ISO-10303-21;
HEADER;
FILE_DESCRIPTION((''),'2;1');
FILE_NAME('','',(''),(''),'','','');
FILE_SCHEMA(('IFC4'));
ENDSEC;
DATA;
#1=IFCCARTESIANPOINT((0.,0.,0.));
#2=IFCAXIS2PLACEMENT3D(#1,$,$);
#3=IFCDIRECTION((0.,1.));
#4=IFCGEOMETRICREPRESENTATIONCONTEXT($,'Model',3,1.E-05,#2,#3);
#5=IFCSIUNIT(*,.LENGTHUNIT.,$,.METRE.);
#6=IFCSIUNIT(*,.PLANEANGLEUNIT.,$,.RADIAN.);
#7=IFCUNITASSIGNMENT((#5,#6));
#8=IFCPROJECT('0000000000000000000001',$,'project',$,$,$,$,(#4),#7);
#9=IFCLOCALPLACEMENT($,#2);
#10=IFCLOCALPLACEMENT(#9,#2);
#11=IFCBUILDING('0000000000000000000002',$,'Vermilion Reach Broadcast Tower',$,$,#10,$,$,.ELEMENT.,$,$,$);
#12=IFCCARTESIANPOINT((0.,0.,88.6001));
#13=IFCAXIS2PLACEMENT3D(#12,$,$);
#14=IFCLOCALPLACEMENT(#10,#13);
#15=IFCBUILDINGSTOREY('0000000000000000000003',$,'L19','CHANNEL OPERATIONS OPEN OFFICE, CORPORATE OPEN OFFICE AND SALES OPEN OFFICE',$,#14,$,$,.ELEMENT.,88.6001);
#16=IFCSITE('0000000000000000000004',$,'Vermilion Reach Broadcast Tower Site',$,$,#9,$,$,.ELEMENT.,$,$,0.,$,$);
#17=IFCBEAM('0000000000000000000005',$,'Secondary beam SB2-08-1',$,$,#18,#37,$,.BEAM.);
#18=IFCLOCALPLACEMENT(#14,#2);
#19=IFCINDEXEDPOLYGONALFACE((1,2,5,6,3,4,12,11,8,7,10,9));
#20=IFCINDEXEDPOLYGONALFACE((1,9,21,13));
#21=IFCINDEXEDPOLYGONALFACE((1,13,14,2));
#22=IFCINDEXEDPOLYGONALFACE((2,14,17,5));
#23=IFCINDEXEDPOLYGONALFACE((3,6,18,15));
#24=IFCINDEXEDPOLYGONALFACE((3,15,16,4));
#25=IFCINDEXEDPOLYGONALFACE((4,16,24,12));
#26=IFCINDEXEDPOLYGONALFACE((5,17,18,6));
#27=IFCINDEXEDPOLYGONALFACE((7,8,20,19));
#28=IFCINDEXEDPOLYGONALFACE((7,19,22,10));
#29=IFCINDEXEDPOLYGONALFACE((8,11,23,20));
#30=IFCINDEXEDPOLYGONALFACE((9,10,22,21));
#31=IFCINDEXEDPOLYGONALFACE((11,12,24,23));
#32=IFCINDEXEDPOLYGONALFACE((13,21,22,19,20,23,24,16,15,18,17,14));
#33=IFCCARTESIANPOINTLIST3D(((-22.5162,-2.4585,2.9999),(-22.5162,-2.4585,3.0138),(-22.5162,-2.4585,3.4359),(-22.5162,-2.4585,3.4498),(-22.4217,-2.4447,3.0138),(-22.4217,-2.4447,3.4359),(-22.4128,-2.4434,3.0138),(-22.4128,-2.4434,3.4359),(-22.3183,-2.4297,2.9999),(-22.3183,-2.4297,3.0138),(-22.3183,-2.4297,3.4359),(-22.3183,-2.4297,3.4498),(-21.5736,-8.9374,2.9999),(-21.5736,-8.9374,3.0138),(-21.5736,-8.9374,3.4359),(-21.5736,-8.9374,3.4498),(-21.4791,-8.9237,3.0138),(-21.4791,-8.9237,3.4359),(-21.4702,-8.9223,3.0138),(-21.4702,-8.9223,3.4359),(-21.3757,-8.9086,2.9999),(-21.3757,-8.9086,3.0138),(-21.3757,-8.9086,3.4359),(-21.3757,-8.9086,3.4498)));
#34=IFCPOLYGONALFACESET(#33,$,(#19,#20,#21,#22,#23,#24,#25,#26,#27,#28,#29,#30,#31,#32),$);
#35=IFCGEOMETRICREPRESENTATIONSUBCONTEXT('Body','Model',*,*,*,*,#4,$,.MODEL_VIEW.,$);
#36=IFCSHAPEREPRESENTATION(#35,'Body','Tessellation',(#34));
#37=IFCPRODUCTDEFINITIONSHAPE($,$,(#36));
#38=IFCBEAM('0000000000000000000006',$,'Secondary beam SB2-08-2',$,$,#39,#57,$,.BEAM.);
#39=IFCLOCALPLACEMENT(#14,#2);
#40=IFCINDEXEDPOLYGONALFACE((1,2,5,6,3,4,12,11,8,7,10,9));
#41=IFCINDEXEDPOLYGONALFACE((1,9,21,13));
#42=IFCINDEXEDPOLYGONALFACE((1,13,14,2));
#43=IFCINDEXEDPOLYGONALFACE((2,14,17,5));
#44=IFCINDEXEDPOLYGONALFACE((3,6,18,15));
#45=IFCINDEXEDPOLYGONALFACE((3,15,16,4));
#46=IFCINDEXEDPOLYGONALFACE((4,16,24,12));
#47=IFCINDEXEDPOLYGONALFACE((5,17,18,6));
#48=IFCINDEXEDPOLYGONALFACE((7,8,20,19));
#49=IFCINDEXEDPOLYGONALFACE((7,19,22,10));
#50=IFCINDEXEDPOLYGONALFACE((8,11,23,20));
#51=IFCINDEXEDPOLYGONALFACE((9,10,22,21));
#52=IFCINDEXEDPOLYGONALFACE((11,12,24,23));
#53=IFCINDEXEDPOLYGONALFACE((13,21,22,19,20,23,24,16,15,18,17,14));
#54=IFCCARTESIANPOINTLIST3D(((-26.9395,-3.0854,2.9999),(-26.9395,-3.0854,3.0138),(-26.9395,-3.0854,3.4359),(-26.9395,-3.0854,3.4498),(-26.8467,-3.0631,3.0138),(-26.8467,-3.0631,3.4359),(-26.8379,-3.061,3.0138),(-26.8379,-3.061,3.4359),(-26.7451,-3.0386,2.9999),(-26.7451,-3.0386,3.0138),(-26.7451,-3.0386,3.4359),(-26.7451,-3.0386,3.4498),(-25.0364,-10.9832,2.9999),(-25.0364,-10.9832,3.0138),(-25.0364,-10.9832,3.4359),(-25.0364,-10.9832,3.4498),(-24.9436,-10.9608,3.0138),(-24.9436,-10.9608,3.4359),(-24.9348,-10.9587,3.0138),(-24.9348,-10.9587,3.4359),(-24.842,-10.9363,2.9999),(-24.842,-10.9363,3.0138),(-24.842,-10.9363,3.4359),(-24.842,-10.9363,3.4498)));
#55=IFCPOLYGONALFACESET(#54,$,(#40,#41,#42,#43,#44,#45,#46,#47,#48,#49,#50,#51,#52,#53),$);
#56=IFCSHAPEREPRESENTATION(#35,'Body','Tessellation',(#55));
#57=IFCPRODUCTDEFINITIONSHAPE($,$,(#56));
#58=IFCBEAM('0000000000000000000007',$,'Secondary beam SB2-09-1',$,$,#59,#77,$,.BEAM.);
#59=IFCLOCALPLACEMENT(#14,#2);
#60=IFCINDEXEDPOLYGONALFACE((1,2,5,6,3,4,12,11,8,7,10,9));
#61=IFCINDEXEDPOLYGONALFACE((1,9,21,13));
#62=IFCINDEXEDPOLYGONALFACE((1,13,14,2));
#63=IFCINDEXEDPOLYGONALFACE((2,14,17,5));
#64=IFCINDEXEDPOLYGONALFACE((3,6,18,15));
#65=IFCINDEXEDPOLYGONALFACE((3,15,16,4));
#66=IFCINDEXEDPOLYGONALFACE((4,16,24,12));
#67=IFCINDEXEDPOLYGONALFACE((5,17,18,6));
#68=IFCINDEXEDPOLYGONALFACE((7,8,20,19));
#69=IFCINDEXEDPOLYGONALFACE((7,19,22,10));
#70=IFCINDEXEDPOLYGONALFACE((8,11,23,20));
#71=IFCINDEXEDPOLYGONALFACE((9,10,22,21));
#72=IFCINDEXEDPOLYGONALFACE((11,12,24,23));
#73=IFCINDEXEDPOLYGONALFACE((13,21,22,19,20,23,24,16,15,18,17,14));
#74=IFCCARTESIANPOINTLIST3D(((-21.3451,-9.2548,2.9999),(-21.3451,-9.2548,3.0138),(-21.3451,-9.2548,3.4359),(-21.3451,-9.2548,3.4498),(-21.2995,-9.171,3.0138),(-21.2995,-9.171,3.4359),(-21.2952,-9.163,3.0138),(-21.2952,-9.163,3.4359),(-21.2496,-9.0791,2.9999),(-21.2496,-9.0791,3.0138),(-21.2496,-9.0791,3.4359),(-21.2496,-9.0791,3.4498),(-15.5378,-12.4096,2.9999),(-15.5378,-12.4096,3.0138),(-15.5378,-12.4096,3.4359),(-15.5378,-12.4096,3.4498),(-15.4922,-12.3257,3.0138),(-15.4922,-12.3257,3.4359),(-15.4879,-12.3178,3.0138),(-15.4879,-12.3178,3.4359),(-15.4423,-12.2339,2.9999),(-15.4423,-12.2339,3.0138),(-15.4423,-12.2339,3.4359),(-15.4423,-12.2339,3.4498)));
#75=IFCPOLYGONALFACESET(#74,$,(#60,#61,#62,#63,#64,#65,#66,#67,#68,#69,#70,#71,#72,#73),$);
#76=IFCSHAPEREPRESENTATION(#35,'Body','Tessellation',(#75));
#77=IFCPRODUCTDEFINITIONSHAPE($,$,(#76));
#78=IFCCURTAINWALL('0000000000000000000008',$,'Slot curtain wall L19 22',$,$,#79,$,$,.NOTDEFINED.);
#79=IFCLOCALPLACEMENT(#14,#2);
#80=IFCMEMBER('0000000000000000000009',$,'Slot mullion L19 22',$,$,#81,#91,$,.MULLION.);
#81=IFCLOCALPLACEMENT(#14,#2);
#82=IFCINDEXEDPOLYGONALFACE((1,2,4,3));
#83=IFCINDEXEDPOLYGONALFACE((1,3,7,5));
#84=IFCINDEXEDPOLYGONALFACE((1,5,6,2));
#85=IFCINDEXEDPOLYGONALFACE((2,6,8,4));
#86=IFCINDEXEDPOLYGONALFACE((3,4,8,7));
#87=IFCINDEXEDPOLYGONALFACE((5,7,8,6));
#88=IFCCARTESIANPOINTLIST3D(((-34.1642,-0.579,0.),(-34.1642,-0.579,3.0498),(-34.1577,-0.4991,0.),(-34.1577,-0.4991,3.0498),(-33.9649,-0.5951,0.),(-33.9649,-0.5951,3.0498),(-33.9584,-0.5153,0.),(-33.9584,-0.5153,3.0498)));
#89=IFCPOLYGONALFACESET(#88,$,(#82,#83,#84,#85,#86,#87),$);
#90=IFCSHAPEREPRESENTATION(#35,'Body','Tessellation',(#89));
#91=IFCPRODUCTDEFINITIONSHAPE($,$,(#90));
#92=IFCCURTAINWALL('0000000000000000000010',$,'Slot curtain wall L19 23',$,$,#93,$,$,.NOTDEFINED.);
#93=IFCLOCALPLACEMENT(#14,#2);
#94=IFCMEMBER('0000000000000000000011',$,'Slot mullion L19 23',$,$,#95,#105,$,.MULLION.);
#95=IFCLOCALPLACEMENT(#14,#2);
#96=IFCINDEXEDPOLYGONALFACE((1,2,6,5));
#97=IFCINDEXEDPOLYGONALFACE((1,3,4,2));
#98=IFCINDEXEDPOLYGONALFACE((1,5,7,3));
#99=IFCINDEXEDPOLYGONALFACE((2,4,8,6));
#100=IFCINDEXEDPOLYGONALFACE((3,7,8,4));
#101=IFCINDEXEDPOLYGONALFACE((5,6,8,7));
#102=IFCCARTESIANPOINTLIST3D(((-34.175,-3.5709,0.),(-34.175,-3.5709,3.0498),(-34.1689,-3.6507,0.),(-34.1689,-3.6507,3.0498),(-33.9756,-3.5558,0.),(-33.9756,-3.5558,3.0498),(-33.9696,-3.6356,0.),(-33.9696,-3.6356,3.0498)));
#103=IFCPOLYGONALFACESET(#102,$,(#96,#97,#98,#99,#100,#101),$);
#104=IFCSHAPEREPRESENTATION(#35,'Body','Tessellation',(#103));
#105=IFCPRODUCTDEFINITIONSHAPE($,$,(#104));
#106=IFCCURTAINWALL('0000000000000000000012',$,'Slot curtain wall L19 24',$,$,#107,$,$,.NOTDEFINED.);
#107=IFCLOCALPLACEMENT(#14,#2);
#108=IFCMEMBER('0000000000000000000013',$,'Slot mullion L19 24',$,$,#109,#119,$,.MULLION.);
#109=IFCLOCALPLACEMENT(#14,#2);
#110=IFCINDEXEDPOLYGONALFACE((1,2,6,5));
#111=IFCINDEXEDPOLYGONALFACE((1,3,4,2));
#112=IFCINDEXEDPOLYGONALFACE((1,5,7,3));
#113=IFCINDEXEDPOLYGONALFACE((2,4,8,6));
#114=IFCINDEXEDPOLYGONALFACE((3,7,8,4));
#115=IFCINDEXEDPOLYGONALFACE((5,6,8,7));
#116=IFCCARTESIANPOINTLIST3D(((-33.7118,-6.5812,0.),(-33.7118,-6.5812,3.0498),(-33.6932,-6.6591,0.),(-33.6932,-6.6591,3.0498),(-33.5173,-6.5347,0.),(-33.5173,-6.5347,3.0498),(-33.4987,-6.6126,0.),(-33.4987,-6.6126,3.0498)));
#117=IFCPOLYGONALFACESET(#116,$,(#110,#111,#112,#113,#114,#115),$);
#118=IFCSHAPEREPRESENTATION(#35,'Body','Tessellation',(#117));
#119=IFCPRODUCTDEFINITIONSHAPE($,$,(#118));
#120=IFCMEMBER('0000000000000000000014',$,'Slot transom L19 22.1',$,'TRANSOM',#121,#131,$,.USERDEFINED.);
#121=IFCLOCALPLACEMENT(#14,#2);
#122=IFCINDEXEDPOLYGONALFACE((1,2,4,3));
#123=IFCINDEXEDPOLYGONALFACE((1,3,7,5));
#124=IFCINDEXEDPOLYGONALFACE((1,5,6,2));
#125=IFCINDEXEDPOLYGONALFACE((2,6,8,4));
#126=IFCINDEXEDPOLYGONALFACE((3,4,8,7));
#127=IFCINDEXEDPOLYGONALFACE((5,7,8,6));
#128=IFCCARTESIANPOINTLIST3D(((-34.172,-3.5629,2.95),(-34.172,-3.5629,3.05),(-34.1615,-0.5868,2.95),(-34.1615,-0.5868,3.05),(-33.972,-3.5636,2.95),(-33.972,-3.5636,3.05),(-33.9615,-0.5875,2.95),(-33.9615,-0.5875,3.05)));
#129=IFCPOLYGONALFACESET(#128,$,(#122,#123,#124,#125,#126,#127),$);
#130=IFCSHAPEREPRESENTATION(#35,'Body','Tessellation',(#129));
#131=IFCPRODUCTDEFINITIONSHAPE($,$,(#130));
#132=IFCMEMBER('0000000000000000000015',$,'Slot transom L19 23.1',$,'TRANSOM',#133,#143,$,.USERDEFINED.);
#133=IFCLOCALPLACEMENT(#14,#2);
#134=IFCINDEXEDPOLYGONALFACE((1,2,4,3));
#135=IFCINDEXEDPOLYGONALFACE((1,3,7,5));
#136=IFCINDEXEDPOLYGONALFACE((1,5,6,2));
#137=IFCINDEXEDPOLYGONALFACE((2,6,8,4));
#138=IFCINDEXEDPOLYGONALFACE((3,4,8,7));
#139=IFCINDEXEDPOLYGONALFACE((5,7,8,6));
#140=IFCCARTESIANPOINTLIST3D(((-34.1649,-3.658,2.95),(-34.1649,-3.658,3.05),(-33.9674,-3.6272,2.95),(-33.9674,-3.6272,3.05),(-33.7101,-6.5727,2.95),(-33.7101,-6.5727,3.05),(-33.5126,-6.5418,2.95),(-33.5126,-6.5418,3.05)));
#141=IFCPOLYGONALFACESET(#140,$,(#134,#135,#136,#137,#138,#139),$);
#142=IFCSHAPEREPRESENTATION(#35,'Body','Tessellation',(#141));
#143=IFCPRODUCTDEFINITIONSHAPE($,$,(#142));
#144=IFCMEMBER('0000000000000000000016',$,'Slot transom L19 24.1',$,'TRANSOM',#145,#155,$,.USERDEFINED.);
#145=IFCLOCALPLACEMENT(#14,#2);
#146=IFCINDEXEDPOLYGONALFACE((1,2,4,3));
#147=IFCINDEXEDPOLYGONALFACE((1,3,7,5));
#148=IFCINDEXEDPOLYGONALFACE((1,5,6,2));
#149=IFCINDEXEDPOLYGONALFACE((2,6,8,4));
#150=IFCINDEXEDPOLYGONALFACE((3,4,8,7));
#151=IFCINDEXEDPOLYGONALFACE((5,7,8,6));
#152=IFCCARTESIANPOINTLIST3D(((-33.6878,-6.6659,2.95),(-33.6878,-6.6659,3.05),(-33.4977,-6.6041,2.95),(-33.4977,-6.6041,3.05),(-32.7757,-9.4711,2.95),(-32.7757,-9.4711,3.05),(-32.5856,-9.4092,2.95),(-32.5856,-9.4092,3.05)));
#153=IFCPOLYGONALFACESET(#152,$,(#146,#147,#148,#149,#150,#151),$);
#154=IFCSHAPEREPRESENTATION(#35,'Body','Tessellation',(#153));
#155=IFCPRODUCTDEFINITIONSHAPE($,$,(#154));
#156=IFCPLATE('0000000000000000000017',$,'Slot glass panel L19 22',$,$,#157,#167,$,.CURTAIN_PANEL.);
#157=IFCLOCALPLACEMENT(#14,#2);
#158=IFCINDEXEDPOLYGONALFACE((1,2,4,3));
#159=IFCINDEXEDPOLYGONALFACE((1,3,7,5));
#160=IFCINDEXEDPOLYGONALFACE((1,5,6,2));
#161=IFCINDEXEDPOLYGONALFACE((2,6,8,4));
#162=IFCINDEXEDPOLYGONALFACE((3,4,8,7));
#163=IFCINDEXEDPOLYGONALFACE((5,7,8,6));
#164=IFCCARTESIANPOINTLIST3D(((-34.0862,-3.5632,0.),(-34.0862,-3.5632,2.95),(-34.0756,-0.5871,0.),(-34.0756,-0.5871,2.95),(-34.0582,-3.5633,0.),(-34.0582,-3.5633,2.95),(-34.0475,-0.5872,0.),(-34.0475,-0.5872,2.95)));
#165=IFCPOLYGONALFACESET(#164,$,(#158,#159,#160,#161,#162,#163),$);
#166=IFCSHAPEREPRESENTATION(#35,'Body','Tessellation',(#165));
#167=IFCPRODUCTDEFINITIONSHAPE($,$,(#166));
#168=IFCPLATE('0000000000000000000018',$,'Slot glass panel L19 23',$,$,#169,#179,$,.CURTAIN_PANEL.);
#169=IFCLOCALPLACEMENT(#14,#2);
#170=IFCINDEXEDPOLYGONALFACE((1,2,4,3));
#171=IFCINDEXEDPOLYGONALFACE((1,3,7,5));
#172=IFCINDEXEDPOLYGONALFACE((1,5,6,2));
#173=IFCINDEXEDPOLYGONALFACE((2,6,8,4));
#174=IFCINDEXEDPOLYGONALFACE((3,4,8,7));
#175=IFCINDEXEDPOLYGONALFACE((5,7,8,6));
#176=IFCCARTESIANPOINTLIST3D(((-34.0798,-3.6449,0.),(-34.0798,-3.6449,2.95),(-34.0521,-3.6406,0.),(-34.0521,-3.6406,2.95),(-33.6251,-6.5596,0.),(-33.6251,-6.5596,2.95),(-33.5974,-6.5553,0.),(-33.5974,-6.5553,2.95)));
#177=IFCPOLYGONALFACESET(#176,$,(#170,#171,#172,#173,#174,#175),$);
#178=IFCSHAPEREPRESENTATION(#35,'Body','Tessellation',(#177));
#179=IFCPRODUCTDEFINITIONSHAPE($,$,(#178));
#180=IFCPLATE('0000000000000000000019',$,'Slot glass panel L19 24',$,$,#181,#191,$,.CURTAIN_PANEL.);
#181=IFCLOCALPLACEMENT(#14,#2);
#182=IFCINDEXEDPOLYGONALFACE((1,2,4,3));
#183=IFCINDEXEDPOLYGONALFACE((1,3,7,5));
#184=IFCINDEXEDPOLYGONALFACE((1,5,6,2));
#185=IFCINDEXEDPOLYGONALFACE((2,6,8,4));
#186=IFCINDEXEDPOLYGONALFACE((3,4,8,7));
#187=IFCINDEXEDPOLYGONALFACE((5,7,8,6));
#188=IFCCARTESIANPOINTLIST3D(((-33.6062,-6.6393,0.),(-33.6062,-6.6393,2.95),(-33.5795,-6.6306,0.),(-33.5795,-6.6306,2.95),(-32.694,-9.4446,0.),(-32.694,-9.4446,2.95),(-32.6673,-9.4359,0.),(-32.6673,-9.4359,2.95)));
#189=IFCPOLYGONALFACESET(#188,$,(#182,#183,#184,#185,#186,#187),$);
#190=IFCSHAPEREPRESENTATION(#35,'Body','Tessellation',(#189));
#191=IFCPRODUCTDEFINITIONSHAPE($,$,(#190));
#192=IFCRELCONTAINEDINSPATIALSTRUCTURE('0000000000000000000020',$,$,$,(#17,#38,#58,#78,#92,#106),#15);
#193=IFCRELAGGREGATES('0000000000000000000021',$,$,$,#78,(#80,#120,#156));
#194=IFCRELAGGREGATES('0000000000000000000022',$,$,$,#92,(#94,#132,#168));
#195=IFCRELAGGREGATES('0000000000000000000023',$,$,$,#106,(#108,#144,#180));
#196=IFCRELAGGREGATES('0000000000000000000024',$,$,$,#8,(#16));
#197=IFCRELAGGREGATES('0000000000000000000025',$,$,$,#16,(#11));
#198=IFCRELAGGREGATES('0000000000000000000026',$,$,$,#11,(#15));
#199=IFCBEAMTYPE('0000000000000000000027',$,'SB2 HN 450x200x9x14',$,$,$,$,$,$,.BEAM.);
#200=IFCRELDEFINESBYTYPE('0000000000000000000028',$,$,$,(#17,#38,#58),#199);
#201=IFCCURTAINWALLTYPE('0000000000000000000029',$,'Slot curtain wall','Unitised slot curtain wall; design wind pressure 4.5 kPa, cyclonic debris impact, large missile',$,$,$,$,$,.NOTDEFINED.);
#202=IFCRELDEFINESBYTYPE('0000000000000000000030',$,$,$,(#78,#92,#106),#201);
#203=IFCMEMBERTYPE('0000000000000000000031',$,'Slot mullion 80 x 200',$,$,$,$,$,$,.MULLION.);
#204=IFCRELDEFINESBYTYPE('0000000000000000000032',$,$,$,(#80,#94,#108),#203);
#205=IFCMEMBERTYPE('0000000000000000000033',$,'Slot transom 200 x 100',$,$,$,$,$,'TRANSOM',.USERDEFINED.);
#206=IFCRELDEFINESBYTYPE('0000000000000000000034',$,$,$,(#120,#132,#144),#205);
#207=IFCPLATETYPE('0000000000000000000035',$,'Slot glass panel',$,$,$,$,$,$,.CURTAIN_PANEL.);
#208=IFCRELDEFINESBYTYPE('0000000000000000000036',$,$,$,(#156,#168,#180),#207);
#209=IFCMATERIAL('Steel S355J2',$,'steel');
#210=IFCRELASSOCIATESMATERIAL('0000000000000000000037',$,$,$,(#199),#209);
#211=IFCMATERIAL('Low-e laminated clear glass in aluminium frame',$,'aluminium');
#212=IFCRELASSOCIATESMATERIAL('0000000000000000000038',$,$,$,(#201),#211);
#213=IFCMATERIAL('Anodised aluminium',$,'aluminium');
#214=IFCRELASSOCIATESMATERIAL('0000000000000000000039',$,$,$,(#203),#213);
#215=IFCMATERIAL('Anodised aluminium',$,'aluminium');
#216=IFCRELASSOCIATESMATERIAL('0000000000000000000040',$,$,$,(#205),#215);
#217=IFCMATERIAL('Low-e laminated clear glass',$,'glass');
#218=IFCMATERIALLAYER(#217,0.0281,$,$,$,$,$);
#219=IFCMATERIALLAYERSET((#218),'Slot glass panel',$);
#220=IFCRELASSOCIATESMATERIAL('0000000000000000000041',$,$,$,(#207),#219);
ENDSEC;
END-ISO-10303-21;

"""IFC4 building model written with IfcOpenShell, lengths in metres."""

from ifc_helpers import new_model, si_unit, direction, frame, origin, origin_2d, place, context, subcontext, project, spatial, rectangle, i_section, extrude, material, layer, layer_set, material_profile, profile_set, type_object, element, aggregate, save


model = new_model("IFC4")

# Units and contexts
model_context = context("Model", 3, precision=1e-05, world=origin(), true_north=direction((0.0, 1.0)))
body_context = subcontext(model_context, "Body", "Model", "MODEL_VIEW")
ifc_project = project(units=[si_unit("LENGTHUNIT", "METRE"), si_unit("PLANEANGLEUNIT", "RADIAN")], contexts=[model_context])

# Site, building, storey
site_placement = place(None, origin())
site = spatial("IfcSite", under=ifc_project, at=site_placement, Name="Vermilion Reach Broadcast Tower Site", CompositionType="ELEMENT", RefElevation=0.0)
building_placement = place(site_placement, origin())
building = spatial("IfcBuilding", under=site, at=building_placement, Name="Vermilion Reach Broadcast Tower", CompositionType="ELEMENT")
storey_placement = place(building_placement, frame((0.0, 0.0, 88.6001)))
storey = spatial("IfcBuildingStorey", under=building, at=storey_placement, Name="L19", Description="CHANNEL OPERATIONS OPEN OFFICE, CORPORATE OPEN OFFICE AND SALES OPEN OFFICE", CompositionType="ELEMENT", Elevation=88.6001)

# Beams
ifc_material_1 = material(Name="Steel S355J2", Category="steel")
ifc_material_profile_1 = material_profile(ifc_material_1, i_section(OverallWidth=0.2, OverallDepth=0.45, WebThickness=0.009, FlangeThickness=0.0139, at=origin_2d()), Name="S355J2 HN 450x200x9x14")
ifc_profile_set_1 = profile_set([ifc_material_profile_1], Name="Steel S355J2")
beam_type_1 = type_object("IfcBeamType", Name="SB2 HN 450x200x9x14", PredefinedType="BEAM", material=ifc_profile_set_1)
beam_1_placement = place(storey_placement, frame((-22.4172, -2.4441, 3.2249), z_axis=(0.143974, -0.989582, 0.0), x_axis=(0.989582, 0.143974, 0.0)))
element("IfcBeam", 1, at=beam_1_placement, inside=storey, type_object=beam_type_1, Name="Secondary beam SB2-08-1", PredefinedType="BEAM", context=body_context, shape_type="SweptSolid", body=[
    extrude(i_section(OverallWidth=0.2, OverallDepth=0.45, WebThickness=0.009, FlangeThickness=0.0139, at=origin_2d()), origin(), (0.0, 0.0, 1.0), 6.5471),
])
beam_2_placement = place(storey_placement, frame((-26.8423, -3.062, 3.2249), z_axis=(0.234261, -0.972174, 0.0), x_axis=(0.972174, 0.234261, 0.0)))
element("IfcBeam", 2, at=beam_2_placement, inside=storey, type_object=beam_type_1, Name="Secondary beam SB2-08-2", PredefinedType="BEAM", context=body_context, shape_type="SweptSolid", body=[
    extrude(i_section(OverallWidth=0.2, OverallDepth=0.45, WebThickness=0.009, FlangeThickness=0.0139, at=origin_2d()), origin(), (0.0, 0.0, 1.0), 8.1238),
])
beam_3_placement = place(storey_placement, frame((-21.2974, -9.167, 3.2249), z_axis=(0.878713, -0.47735, 0.0), x_axis=(0.47735, 0.878713, 0.0)))
element("IfcBeam", 3, at=beam_3_placement, inside=storey, type_object=beam_type_1, Name="Secondary beam SB2-09-1", PredefinedType="BEAM", context=body_context, shape_type="SweptSolid", body=[
    extrude(i_section(OverallWidth=0.2, OverallDepth=0.45, WebThickness=0.009, FlangeThickness=0.0139, at=origin_2d()), origin(), (0.0, 0.0, 1.0), 6.6089),
])

# Curtain walls, members
ifc_material_2 = material(Name="Low-e laminated clear glass in aluminium frame", Category="aluminium")
curtain_wall_type = type_object("IfcCurtainWallType", Name="Slot curtain wall", Description="Unitised slot curtain wall; design wind pressure 4.5 kPa, cyclonic debris impact, large missile", PredefinedType="NOTDEFINED", material=ifc_material_2)
placement = place(storey_placement, origin())
curtain_wall_1 = element("IfcCurtainWall", 4, at=placement, inside=storey, type_object=curtain_wall_type, Name="Slot curtain wall L19 22", PredefinedType="NOTDEFINED")
ifc_material_3 = material(Name="Anodised aluminium", Category="aluminium")
ifc_material_profile_2 = material_profile(ifc_material_3, rectangle(XDim=0.2, YDim=0.0801, at=origin_2d()), Name="Slot mullion 80 x 200")
ifc_profile_set_2 = profile_set([ifc_material_profile_2], Name="Anodised aluminium")
member_type_1 = type_object("IfcMemberType", Name="Slot mullion 80 x 200", PredefinedType="MULLION", material=ifc_profile_set_2)
member_1_placement = place(storey_placement, frame((-34.0613, -0.5471, 0.0), z_axis=(0.0, 0.0, 1.0), x_axis=(0.996732, -0.080781, 0.0)))
member_1 = element("IfcMember", 5, at=member_1_placement, type_object=member_type_1, Name="Slot mullion L19 22", PredefinedType="MULLION", context=body_context, shape_type="SweptSolid", body=[
    extrude(rectangle(XDim=0.2, YDim=0.0801, at=origin_2d()), origin(), (0.0, 0.0, 1.0), 3.0498),
])
curtain_wall_2 = element("IfcCurtainWall", 6, at=placement, inside=storey, type_object=curtain_wall_type, Name="Slot curtain wall L19 23", PredefinedType="NOTDEFINED")
member_2_placement = place(storey_placement, frame((-34.0723, -3.6033, 0.0), z_axis=(0.0, 0.0, 1.0), x_axis=(0.997144, 0.07552, 0.0)))
member_2 = element("IfcMember", 7, at=member_2_placement, type_object=member_type_1, Name="Slot mullion L19 23", PredefinedType="MULLION", context=body_context, shape_type="SweptSolid", body=[
    extrude(rectangle(XDim=0.2, YDim=0.0801, at=origin_2d()), origin(), (0.0, 0.0, 1.0), 3.0498),
])
curtain_wall_3 = element("IfcCurtainWall", 8, at=placement, inside=storey, type_object=curtain_wall_type, Name="Slot curtain wall L19 24", PredefinedType="NOTDEFINED")
member_3_placement = place(storey_placement, frame((-33.6052, -6.5969, 0.0), z_axis=(0.0, 0.0, 1.0), x_axis=(0.972614, 0.232427, 0.0)))
member_3 = element("IfcMember", 9, at=member_3_placement, type_object=member_type_1, Name="Slot mullion L19 24", PredefinedType="MULLION", context=body_context, shape_type="SweptSolid", body=[
    extrude(rectangle(XDim=0.2, YDim=0.0801, at=origin_2d()), origin(), (0.0, 0.0, 1.0), 3.0498),
])

# Members
ifc_material_4 = material(Name="Anodised aluminium", Category="aluminium")
ifc_material_profile_3 = material_profile(ifc_material_4, rectangle(XDim=0.2, YDim=0.1001, at=origin_2d()), Name="Slot transom 200 x 100")
ifc_profile_set_3 = profile_set([ifc_material_profile_3], Name="Anodised aluminium")
member_type_2 = type_object("IfcMemberType", Name="Slot transom 200 x 100", ElementType="TRANSOM", PredefinedType="USERDEFINED", material=ifc_profile_set_3)
member_4_placement = place(storey_placement, frame((-34.0615, -0.5872, 3.0), z_axis=(-0.003527, -0.999994, 0.0), x_axis=(0.999994, -0.003527, 0.0)))
member_4 = element("IfcMember", 10, at=member_4_placement, type_object=member_type_2, Name="Slot transom L19 22.1", ObjectType="TRANSOM", PredefinedType="USERDEFINED", context=body_context, shape_type="SweptSolid", body=[
    extrude(rectangle(XDim=0.2, YDim=0.1001, at=origin_2d()), origin(), (0.0, 0.0, 1.0), 2.9761),
])
member_5_placement = place(storey_placement, frame((-34.0662, -3.6426, 3.0), z_axis=(0.154177, -0.988043, 0.0), x_axis=(0.988043, 0.154177, 0.0)))
member_5 = element("IfcMember", 11, at=member_5_placement, type_object=member_type_2, Name="Slot transom L19 23.1", ObjectType="TRANSOM", PredefinedType="USERDEFINED", context=body_context, shape_type="SweptSolid", body=[
    extrude(rectangle(XDim=0.2, YDim=0.1001, at=origin_2d()), origin(), (0.0, 0.0, 1.0), 2.95),
])
member_6_placement = place(storey_placement, frame((-33.5928, -6.635, 3.0), z_axis=(0.309217, -0.950991, 0.0), x_axis=(0.950991, 0.309217, 0.0)))
member_6 = element("IfcMember", 12, at=member_6_placement, type_object=member_type_2, Name="Slot transom L19 24.1", ObjectType="TRANSOM", PredefinedType="USERDEFINED", context=body_context, shape_type="SweptSolid", body=[
    extrude(rectangle(XDim=0.2, YDim=0.1001, at=origin_2d()), origin(), (0.0, 0.0, 1.0), 2.9497),
])

# Plates
ifc_material_5 = material(Name="Low-e laminated clear glass", Category="glass")
ifc_layer_1 = layer(ifc_material_5, 0.0281)
ifc_layer_set_1 = layer_set([ifc_layer_1], Name="Slot glass panel")
plate_type = type_object("IfcPlateType", Name="Slot glass panel", PredefinedType="CURTAIN_PANEL", material=ifc_layer_set_1)
plate_1_placement = place(storey_placement, frame((-34.0669, -2.0752, 0.0), z_axis=(0.0, 0.0, 1.0), x_axis=(-0.003569, -0.999994, 0.0)))
plate_1 = element("IfcPlate", 13, at=plate_1_placement, type_object=plate_type, Name="Slot glass panel L19 22", PredefinedType="CURTAIN_PANEL", context=body_context, shape_type="SweptSolid", body=[
    extrude(rectangle(XDim=2.9761, YDim=0.0281, at=origin_2d()), origin(), (0.0, 0.0, 1.0), 2.95),
])
aggregate(curtain_wall_1, [member_1, member_4, plate_1])
plate_2_placement = place(storey_placement, frame((-33.8386, -5.1001, 0.0), z_axis=(0.0, 0.0, 1.0), x_axis=(0.154137, -0.988049, 0.0)))
plate_2 = element("IfcPlate", 14, at=plate_2_placement, type_object=plate_type, Name="Slot glass panel L19 23", PredefinedType="CURTAIN_PANEL", context=body_context, shape_type="SweptSolid", body=[
    extrude(rectangle(XDim=2.95, YDim=0.0281, at=origin_2d()), origin(), (0.0, 0.0, 1.0), 2.95),
])
aggregate(curtain_wall_2, [member_2, member_5, plate_2])
plate_3_placement = place(storey_placement, frame((-33.1367, -8.0376, 0.0), z_axis=(0.0, 0.0, 1.0), x_axis=(0.309237, -0.950985, 0.0)))
plate_3 = element("IfcPlate", 15, at=plate_3_placement, type_object=plate_type, Name="Slot glass panel L19 24", PredefinedType="CURTAIN_PANEL", context=body_context, shape_type="SweptSolid", body=[
    extrude(rectangle(XDim=2.95, YDim=0.0281, at=origin_2d()), origin(), (0.0, 0.0, 1.0), 2.95),
])
aggregate(curtain_wall_3, [member_3, member_6, plate_3])

save(model, "model.ifc")
